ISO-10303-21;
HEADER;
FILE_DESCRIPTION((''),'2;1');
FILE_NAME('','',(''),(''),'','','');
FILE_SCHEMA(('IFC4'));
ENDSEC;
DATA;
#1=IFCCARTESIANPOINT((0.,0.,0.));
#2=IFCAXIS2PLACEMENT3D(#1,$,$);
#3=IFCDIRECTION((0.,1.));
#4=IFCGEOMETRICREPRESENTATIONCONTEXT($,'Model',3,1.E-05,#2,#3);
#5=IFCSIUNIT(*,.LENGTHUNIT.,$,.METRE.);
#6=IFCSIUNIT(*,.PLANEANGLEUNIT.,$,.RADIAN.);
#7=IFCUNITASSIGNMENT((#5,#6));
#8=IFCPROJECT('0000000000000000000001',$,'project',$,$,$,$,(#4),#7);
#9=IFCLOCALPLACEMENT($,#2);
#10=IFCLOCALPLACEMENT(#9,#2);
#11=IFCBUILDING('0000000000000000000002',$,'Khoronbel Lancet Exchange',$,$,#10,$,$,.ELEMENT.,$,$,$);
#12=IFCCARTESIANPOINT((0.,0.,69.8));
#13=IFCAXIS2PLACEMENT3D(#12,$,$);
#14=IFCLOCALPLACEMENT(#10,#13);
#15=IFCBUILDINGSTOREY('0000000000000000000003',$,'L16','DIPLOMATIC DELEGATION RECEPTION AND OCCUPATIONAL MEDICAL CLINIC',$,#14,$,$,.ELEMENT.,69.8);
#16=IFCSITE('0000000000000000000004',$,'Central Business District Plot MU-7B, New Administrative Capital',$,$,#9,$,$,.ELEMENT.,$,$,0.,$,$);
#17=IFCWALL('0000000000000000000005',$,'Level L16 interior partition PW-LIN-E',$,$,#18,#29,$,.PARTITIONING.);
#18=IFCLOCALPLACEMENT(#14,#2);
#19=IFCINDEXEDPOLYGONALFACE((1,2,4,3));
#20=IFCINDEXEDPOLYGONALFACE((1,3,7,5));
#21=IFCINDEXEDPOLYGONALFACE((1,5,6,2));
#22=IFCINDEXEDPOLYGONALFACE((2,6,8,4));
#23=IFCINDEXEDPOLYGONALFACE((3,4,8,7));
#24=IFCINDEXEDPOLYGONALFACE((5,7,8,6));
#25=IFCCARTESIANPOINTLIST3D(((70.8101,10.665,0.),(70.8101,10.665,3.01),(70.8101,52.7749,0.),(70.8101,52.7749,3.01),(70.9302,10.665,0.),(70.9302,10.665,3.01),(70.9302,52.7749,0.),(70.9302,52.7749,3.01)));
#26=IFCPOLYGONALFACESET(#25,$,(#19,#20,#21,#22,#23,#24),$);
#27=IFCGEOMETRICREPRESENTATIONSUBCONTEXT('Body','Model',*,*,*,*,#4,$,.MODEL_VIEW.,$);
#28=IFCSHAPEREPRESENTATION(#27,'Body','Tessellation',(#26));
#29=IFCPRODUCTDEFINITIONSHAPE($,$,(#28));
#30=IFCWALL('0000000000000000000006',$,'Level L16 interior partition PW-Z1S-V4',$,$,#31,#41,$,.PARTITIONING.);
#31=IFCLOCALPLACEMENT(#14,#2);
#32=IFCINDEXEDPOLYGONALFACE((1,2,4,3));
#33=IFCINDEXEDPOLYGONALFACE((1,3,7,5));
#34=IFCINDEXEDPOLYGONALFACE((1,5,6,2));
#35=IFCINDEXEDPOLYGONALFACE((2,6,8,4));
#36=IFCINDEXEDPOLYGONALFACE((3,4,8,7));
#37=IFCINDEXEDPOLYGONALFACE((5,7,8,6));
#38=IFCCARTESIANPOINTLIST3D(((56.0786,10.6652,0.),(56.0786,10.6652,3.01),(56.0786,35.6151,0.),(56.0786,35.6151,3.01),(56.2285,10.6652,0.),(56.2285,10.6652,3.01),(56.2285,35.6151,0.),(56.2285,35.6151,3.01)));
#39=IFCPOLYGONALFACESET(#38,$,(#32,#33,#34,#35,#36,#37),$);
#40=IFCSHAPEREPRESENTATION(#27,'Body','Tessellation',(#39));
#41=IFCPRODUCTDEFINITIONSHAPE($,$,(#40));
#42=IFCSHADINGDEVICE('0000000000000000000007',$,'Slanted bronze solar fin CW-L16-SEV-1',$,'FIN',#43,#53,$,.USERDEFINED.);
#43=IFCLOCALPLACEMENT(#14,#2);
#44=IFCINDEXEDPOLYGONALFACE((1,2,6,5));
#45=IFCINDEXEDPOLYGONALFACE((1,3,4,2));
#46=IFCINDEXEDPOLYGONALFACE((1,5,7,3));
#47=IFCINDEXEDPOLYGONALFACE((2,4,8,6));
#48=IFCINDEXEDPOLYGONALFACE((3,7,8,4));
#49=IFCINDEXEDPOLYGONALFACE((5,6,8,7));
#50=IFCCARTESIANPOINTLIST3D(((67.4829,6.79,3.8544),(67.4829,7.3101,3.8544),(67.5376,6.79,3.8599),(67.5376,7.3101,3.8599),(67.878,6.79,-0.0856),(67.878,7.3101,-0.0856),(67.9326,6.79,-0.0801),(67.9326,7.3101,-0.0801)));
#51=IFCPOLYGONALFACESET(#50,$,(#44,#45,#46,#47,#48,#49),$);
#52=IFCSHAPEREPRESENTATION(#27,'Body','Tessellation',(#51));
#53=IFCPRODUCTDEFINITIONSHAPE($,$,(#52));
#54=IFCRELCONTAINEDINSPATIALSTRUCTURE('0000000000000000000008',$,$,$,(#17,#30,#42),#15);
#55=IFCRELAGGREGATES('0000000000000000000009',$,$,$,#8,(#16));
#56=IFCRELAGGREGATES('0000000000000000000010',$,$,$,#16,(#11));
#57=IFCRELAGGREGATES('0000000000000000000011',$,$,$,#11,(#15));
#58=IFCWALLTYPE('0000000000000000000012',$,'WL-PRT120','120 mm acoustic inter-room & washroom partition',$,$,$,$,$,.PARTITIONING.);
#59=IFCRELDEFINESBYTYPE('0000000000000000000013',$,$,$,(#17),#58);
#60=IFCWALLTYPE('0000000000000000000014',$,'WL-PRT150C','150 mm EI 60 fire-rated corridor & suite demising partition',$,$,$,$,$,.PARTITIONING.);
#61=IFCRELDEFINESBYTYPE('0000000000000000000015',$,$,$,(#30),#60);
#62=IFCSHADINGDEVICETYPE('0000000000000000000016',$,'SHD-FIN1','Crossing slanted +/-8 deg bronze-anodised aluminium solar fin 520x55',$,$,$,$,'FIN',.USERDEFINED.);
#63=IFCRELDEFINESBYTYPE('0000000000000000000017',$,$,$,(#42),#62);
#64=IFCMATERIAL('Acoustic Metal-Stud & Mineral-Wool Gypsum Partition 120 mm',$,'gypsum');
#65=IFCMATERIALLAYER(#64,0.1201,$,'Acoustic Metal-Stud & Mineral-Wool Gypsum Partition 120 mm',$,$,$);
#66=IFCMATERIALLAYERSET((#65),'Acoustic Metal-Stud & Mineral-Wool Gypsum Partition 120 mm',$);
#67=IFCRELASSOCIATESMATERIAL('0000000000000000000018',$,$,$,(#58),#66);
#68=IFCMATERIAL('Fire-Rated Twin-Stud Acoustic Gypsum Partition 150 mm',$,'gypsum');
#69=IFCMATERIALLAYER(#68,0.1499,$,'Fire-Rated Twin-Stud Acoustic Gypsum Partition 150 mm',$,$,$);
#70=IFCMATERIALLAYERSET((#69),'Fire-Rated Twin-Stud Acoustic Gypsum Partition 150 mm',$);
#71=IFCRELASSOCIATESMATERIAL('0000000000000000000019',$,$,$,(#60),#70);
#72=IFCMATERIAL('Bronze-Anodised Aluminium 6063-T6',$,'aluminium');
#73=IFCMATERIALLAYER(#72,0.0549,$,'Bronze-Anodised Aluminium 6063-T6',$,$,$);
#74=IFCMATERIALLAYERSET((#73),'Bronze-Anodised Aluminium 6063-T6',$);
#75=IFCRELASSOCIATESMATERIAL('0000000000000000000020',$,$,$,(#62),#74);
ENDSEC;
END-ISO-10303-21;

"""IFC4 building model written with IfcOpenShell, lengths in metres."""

from ifc_helpers import new_model, si_unit, direction, frame, frame_2d, origin, place, context, subcontext, project, spatial, polyline, rectangle, outline, extrude, material, layer, layer_set, type_object, element, save


model = new_model("IFC4")

# Units and contexts
model_context = context("Model", 3, precision=1e-05, world=origin(), true_north=direction((0.0, 1.0)))
body_context = subcontext(model_context, "Body", "Model", "MODEL_VIEW")
ifc_project = project(units=[si_unit("LENGTHUNIT", "METRE"), si_unit("PLANEANGLEUNIT", "RADIAN")], contexts=[model_context])

# Site, building, storey
site_placement = place(None, origin())
site = spatial("IfcSite", under=ifc_project, at=site_placement, Name="Central Business District Plot MU-7B, New Administrative Capital", CompositionType="ELEMENT", RefElevation=0.0)
building_placement = place(site_placement, origin())
building = spatial("IfcBuilding", under=site, at=building_placement, Name="Khoronbel Lancet Exchange", CompositionType="ELEMENT")
storey_placement = place(building_placement, frame((0.0, 0.0, 69.8)))
storey = spatial("IfcBuildingStorey", under=building, at=storey_placement, Name="L16", Description="DIPLOMATIC DELEGATION RECEPTION AND OCCUPATIONAL MEDICAL CLINIC", CompositionType="ELEMENT", Elevation=69.8)

# Shared definitions
ifc_material_1 = material(Name="Bronze-Anodised Aluminium 6063-T6", Category="aluminium")

# Shared definitions
ifc_material_2 = material(Name="Acoustic Metal-Stud & Mineral-Wool Gypsum Partition 120 mm", Category="gypsum")
ifc_layer_1 = layer(ifc_material_2, 0.1201, Name="Acoustic Metal-Stud & Mineral-Wool Gypsum Partition 120 mm")
ifc_layer_set_1 = layer_set([ifc_layer_1], Name="Acoustic Metal-Stud & Mineral-Wool Gypsum Partition 120 mm")
wall_type_1 = type_object("IfcWallType", Name="WL-PRT120", Description="120 mm acoustic inter-room & washroom partition", PredefinedType="PARTITIONING", material=ifc_layer_set_1)

# Walls
wall_1_placement = place(storey_placement, frame((70.8701, 10.665, 0.0), z_axis=(0.0, 0.0, 1.0), x_axis=(0.0, 1.0, 0.0)))
element("IfcWall", 1, at=wall_1_placement, inside=storey, type_object=wall_type_1, Name="Level L16 interior partition PW-LIN-E", PredefinedType="PARTITIONING", context=body_context, shape_type="SweptSolid", body=[
    extrude(rectangle(XDim=42.1099, YDim=0.1201, at=frame_2d((21.0549, 0.0))), origin(), (0.0, 0.0, 1.0), 3.01),
])
ifc_material_3 = material(Name="Fire-Rated Twin-Stud Acoustic Gypsum Partition 150 mm", Category="gypsum")
ifc_layer_2 = layer(ifc_material_3, 0.1499, Name="Fire-Rated Twin-Stud Acoustic Gypsum Partition 150 mm")
ifc_layer_set_2 = layer_set([ifc_layer_2], Name="Fire-Rated Twin-Stud Acoustic Gypsum Partition 150 mm")
wall_type_2 = type_object("IfcWallType", Name="WL-PRT150C", Description="150 mm EI 60 fire-rated corridor & suite demising partition", PredefinedType="PARTITIONING", material=ifc_layer_set_2)
wall_2_placement = place(storey_placement, frame((56.1536, 10.665, 0.0), z_axis=(0.0, 0.0, 1.0), x_axis=(0.0, 1.0, 0.0)))
element("IfcWall", 2, at=wall_2_placement, inside=storey, type_object=wall_type_2, Name="Level L16 interior partition PW-Z1S-V4", PredefinedType="PARTITIONING", context=body_context, shape_type="SweptSolid", body=[
    extrude(rectangle(XDim=24.95, YDim=0.1499, at=frame_2d((12.4751, 0.0))), origin(), (0.0, 0.0, 1.0), 3.01),
])

# Shading device
ifc_layer_3 = layer(ifc_material_1, 0.0549, Name="Bronze-Anodised Aluminium 6063-T6")
ifc_layer_set_3 = layer_set([ifc_layer_3], Name="Bronze-Anodised Aluminium 6063-T6")
shading_device_type = type_object("IfcShadingDeviceType", Name="SHD-FIN1", Description="Crossing slanted +/-8 deg bronze-anodised aluminium solar fin 520x55", ElementType="FIN", PredefinedType="USERDEFINED", material=ifc_layer_set_3)
shading_device_placement = place(storey_placement, frame((67.9326, 7.3101, -0.0801), z_axis=(0.995012, 0.0, 0.09976), x_axis=(0.0, -1.0, 0.0)))
element("IfcShadingDevice", 3, at=shading_device_placement, inside=storey, type_object=shading_device_type, Name="Slanted bronze solar fin CW-L16-SEV-1", ObjectType="FIN", PredefinedType="USERDEFINED", context=body_context, shape_type="SweptSolid", body=[
    extrude(outline(polyline([(0.0, 0.0), (0.52, 0.0), (0.52, -3.9597), (0.0, -3.9597), (0.0, 0.0)])), origin(), (0.0, 0.0, -1.0), 0.0549),
])

save(model, "model.ifc")
